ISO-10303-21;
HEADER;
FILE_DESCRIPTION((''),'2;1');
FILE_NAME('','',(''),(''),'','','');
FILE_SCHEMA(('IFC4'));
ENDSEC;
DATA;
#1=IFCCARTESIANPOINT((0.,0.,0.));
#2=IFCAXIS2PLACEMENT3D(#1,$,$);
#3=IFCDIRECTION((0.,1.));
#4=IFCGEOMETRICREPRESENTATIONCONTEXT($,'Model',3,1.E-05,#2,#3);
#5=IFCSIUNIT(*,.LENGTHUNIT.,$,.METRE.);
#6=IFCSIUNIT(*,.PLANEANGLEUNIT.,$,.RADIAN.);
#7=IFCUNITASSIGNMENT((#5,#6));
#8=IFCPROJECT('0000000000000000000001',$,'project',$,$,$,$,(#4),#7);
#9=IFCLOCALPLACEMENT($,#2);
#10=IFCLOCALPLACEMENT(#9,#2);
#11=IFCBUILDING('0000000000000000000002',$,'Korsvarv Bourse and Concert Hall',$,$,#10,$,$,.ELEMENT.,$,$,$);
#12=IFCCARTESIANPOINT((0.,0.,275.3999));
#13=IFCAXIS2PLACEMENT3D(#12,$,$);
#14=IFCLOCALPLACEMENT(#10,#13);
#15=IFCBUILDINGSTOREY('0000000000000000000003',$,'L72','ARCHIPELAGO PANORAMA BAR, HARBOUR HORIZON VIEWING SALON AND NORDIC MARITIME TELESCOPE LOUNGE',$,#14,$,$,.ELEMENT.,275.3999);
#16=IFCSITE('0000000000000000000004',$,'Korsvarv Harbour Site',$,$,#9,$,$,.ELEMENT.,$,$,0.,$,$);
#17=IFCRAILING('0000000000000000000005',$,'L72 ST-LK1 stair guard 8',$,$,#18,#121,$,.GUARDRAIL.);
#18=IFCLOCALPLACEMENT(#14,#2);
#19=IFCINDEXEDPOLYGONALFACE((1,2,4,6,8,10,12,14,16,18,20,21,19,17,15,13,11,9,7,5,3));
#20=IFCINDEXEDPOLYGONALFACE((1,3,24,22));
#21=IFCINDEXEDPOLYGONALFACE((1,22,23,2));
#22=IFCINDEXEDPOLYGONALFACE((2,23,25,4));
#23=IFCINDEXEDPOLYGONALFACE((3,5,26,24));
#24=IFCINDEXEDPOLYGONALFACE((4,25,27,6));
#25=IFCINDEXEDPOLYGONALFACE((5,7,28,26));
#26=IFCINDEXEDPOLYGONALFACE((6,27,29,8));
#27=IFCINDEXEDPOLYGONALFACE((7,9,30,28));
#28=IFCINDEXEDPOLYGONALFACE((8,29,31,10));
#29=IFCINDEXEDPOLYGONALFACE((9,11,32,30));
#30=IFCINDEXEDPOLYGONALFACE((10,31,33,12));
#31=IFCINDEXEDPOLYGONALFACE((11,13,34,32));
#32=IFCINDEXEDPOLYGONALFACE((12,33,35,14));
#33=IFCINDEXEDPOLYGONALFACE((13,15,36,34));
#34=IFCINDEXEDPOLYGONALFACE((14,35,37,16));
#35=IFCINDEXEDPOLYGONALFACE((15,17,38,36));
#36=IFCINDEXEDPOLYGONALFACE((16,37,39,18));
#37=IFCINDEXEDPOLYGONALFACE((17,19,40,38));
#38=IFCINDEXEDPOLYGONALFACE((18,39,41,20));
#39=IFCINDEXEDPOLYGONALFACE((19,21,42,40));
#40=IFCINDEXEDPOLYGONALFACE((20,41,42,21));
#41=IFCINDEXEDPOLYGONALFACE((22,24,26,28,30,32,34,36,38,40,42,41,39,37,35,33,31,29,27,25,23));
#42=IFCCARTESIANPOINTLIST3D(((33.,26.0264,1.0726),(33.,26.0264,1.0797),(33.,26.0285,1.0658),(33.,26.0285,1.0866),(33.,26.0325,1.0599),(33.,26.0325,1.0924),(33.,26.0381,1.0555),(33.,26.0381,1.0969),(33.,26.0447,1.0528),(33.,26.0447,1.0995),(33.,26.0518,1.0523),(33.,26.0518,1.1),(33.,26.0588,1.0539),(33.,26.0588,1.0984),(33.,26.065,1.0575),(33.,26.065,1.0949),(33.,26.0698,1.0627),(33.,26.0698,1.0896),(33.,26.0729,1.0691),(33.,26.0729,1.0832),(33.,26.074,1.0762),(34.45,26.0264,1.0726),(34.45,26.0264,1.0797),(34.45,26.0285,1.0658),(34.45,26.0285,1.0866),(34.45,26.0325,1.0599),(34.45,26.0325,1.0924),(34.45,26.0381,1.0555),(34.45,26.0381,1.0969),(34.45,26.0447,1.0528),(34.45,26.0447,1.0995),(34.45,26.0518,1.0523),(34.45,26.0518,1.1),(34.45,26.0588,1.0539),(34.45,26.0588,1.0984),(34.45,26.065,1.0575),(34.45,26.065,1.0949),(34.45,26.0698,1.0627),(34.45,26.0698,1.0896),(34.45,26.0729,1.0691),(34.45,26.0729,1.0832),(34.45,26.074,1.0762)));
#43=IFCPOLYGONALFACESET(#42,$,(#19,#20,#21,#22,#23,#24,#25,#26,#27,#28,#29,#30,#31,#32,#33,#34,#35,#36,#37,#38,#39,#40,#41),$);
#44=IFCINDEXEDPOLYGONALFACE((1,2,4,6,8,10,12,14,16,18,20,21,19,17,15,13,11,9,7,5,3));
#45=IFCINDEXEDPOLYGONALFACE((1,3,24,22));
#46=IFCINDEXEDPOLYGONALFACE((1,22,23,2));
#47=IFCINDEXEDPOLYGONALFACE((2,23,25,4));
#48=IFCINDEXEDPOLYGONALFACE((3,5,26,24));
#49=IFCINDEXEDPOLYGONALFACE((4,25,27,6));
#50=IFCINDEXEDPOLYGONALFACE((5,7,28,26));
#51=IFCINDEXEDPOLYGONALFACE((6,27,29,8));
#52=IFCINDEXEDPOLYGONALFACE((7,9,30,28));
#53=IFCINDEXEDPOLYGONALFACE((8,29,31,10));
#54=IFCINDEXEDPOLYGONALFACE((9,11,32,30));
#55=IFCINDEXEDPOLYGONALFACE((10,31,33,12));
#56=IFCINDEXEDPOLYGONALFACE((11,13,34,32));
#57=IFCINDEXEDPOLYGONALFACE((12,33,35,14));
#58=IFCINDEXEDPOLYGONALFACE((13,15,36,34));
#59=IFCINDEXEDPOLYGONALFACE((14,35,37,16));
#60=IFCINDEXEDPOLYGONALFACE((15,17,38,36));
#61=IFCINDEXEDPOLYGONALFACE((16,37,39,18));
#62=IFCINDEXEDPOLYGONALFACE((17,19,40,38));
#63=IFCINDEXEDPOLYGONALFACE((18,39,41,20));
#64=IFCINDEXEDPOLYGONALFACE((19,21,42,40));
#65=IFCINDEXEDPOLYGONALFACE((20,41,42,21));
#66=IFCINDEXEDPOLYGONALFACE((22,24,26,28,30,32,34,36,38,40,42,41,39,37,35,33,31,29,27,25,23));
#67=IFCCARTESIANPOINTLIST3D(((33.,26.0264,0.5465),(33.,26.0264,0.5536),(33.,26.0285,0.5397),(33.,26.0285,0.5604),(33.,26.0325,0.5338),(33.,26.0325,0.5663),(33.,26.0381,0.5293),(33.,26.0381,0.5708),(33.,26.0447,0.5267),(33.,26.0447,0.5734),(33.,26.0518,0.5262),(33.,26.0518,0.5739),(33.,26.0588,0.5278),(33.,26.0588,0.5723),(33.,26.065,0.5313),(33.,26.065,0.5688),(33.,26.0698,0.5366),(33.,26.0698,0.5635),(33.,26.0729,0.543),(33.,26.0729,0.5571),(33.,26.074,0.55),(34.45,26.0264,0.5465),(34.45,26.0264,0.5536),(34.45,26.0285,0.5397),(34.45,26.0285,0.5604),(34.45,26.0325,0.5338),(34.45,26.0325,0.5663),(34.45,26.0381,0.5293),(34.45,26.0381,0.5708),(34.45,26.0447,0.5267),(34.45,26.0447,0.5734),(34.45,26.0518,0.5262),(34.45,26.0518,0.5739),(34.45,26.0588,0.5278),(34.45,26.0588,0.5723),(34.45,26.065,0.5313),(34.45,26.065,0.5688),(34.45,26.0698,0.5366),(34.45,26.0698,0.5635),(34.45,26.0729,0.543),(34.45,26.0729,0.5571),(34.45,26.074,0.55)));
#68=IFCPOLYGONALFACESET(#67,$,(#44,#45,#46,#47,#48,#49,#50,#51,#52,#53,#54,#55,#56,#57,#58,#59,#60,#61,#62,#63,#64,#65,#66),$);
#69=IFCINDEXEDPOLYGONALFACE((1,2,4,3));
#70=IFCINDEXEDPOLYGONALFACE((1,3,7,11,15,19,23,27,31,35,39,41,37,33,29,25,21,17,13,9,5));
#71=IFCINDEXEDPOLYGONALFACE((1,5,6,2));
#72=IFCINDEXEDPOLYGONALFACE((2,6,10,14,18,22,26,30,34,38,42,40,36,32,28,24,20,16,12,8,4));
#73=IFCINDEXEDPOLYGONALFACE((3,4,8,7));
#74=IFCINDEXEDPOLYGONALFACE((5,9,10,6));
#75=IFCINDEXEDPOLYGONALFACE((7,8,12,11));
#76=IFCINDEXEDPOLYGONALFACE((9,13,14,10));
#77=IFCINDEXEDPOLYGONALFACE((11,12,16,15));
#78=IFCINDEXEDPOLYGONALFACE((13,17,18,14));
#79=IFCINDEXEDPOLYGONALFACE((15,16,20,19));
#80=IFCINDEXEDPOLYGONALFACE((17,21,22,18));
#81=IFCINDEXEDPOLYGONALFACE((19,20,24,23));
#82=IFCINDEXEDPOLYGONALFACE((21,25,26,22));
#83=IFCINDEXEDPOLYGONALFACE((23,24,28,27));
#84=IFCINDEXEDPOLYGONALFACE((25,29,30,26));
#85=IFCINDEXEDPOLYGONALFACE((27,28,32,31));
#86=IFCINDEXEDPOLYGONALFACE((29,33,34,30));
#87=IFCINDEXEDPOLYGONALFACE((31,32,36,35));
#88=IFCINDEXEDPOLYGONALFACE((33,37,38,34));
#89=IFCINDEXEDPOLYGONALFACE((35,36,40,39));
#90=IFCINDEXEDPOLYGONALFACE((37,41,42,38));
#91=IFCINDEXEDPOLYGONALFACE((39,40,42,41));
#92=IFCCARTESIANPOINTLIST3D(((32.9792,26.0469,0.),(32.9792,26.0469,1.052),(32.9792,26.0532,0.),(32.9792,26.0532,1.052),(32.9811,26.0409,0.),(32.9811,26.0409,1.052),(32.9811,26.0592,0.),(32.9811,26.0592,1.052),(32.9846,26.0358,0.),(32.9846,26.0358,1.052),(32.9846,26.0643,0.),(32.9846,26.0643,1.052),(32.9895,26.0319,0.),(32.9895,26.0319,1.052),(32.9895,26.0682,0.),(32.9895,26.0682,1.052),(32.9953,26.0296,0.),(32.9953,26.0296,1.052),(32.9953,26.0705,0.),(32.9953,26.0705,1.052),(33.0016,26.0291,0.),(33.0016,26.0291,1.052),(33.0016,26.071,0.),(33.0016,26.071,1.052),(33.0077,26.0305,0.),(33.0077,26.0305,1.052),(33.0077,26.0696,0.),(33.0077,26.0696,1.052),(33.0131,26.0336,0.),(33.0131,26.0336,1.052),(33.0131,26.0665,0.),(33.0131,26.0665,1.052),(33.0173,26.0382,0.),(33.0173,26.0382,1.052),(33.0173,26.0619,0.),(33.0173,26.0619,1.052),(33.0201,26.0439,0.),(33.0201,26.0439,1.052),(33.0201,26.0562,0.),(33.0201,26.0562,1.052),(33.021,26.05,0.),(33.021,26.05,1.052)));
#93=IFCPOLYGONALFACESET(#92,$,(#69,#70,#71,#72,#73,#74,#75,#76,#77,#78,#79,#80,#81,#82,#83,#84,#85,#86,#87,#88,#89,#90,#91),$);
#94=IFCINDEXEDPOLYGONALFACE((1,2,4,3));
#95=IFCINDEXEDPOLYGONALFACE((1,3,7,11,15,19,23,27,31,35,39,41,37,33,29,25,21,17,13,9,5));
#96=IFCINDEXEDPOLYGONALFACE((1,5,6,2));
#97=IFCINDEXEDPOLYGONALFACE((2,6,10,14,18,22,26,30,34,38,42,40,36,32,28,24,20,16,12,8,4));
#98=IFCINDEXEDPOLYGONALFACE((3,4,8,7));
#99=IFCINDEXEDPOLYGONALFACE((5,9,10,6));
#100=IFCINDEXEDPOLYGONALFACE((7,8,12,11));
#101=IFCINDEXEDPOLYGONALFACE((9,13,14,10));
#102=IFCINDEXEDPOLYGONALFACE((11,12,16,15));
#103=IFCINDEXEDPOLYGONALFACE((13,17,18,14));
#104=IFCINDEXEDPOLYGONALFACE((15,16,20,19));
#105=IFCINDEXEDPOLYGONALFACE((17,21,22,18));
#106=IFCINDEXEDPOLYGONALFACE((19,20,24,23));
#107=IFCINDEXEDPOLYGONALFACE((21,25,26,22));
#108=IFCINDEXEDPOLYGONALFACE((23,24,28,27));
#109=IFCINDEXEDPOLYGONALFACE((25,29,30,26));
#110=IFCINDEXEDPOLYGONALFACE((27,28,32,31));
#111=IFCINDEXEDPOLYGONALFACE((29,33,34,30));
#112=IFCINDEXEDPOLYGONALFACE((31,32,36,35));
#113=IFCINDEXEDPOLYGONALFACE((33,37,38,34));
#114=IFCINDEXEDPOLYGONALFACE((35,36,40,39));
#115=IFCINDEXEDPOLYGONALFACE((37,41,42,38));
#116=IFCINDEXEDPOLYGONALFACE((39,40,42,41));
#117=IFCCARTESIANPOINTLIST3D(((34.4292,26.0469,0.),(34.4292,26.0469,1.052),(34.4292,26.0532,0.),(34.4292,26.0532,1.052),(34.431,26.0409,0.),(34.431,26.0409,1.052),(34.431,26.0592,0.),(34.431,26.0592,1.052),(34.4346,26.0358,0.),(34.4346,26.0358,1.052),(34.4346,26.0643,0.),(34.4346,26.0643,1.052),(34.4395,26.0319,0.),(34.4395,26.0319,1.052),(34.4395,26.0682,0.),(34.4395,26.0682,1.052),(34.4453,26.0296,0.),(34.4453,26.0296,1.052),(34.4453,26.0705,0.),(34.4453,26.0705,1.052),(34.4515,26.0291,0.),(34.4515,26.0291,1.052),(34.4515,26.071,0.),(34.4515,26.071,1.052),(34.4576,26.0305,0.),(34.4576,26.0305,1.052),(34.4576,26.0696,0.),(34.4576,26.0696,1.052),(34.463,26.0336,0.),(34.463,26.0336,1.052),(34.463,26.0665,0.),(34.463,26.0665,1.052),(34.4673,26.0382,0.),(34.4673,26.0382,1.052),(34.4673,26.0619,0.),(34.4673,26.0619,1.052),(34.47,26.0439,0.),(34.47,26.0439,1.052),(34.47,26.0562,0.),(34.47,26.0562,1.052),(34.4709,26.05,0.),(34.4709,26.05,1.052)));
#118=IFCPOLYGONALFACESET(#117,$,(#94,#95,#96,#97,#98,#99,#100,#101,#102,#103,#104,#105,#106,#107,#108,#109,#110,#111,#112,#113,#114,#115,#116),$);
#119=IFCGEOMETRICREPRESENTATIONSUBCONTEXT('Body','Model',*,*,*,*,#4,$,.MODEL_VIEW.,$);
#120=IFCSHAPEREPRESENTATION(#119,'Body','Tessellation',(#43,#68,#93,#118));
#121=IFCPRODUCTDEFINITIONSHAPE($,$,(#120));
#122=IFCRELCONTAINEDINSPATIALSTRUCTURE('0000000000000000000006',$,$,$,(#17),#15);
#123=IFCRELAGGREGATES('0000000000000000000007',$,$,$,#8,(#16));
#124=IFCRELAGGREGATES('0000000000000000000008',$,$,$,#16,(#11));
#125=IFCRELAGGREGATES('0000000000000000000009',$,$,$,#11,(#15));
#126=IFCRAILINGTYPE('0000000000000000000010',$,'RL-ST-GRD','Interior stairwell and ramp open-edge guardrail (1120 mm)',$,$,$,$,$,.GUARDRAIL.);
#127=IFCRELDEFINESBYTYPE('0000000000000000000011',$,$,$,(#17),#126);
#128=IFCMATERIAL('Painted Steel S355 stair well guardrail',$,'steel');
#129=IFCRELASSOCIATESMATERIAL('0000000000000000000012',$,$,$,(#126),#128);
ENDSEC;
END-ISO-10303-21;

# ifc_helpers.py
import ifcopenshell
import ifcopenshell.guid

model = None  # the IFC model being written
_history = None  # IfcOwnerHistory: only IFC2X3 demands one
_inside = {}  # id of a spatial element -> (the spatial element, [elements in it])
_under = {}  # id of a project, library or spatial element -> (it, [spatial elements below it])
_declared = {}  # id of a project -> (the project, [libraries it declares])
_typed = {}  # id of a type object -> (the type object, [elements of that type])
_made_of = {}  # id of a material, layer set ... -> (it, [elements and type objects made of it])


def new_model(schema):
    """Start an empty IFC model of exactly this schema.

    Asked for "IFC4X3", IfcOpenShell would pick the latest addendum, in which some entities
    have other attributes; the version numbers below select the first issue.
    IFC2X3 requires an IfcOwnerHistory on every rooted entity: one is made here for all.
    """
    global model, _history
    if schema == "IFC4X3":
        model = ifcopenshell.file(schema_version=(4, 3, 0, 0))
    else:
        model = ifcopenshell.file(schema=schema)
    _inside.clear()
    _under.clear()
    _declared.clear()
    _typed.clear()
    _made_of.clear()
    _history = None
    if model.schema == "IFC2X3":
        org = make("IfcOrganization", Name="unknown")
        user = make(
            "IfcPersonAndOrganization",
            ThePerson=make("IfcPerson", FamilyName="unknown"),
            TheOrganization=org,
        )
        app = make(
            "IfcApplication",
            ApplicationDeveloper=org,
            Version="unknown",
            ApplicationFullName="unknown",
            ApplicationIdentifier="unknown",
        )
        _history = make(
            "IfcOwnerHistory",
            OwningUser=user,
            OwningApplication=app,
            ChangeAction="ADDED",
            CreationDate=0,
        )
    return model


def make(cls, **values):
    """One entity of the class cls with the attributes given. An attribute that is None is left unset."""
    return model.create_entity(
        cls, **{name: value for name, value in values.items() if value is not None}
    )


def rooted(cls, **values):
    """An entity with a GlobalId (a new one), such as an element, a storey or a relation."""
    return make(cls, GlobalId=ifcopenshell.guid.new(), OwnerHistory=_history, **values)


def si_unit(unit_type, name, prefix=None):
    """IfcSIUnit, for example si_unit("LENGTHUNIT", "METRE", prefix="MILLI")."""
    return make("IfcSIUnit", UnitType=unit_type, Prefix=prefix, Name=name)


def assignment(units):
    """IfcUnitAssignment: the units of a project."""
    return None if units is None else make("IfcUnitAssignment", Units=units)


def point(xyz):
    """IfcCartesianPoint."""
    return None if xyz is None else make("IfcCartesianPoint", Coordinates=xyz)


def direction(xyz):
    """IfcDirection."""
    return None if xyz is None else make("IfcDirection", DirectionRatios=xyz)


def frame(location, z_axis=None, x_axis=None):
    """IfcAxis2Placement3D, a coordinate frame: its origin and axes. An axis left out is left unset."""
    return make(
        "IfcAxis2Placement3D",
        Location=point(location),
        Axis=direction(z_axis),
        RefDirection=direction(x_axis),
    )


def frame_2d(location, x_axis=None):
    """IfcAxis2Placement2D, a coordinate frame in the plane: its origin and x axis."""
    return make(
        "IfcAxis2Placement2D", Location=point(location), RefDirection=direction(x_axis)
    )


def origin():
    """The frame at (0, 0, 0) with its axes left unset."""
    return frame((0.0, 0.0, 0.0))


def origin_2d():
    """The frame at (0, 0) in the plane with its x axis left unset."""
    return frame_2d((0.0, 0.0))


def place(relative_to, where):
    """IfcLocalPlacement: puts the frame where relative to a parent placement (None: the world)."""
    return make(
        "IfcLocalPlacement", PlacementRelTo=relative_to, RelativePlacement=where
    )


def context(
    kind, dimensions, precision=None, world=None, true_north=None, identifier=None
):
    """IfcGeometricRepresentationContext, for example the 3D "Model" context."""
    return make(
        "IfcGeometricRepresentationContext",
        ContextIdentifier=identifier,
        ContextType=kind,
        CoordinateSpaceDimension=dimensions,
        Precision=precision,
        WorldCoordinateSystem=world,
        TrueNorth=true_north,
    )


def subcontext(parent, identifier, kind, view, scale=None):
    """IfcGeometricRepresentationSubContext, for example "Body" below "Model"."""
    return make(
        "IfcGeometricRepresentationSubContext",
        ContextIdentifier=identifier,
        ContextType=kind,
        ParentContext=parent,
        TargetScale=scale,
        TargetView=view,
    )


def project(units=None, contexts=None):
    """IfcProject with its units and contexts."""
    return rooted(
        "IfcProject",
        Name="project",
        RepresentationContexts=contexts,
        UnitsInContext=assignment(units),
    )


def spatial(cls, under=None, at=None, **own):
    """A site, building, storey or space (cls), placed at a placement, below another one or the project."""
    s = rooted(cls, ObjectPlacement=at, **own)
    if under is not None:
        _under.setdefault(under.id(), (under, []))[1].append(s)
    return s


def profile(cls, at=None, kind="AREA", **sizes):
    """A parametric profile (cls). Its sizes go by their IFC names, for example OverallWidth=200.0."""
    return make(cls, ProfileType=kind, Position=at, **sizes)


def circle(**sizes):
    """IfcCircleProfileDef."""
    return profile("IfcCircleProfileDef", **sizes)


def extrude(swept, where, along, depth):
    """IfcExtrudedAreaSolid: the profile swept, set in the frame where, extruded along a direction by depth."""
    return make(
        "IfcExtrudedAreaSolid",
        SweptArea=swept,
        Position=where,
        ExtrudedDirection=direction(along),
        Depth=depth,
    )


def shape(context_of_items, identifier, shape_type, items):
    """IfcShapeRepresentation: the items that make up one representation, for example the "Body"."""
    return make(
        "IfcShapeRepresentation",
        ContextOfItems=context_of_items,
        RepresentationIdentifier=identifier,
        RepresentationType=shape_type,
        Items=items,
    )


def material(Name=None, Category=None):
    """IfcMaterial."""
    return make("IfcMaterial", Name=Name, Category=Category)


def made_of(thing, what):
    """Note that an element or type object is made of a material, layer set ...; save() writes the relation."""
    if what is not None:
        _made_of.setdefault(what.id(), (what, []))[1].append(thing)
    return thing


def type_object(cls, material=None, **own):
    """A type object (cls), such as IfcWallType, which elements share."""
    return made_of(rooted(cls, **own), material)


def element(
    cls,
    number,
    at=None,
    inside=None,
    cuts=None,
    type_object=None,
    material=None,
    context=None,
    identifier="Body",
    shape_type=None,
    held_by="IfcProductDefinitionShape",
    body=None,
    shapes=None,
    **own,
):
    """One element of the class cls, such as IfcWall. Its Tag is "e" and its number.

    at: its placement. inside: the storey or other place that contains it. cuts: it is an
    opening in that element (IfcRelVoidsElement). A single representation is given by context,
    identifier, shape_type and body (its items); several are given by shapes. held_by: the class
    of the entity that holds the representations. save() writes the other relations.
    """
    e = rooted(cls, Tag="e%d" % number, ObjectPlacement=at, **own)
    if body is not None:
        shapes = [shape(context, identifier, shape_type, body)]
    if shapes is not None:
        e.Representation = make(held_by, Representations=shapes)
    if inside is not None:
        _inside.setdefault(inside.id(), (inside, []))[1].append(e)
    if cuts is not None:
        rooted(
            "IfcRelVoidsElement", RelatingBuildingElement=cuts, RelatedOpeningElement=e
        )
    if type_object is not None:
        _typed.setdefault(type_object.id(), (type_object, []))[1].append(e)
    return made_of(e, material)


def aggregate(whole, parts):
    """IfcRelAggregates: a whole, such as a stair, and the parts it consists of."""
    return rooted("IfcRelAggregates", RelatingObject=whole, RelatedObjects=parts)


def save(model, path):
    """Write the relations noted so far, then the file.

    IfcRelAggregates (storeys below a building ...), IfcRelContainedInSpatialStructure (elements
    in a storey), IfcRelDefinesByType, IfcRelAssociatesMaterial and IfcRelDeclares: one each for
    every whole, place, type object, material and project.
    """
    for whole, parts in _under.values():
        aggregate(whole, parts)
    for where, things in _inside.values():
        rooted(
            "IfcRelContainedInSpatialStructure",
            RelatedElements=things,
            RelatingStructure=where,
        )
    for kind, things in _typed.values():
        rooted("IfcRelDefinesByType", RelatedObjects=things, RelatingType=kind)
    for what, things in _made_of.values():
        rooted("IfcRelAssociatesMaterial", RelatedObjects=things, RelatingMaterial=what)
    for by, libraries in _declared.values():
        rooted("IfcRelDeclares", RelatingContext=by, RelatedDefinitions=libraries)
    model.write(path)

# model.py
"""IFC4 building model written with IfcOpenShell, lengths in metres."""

from ifc_helpers import new_model, si_unit, direction, frame, origin, origin_2d, place, context, subcontext, project, spatial, circle, extrude, material, type_object, element, save


model = new_model("IFC4")

# Units and contexts
model_context = context("Model", 3, precision=1e-05, world=origin(), true_north=direction((0.0, 1.0)))
body_context = subcontext(model_context, "Body", "Model", "MODEL_VIEW")
ifc_project = project(units=[si_unit("LENGTHUNIT", "METRE"), si_unit("PLANEANGLEUNIT", "RADIAN")], contexts=[model_context])

# Site, building, storey
site_placement = place(None, origin())
site = spatial("IfcSite", under=ifc_project, at=site_placement, Name="Korsvarv Harbour Site", CompositionType="ELEMENT", RefElevation=0.0)
building_placement = place(site_placement, origin())
building = spatial("IfcBuilding", under=site, at=building_placement, Name="Korsvarv Bourse and Concert Hall", CompositionType="ELEMENT")
storey_placement = place(building_placement, frame((0.0, 0.0, 275.3999)))
storey = spatial("IfcBuildingStorey", under=building, at=storey_placement, Name="L72", Description="ARCHIPELAGO PANORAMA BAR, HARBOUR HORIZON VIEWING SALON AND NORDIC MARITIME TELESCOPE LOUNGE", CompositionType="ELEMENT", Elevation=275.3999)

# Railing
ifc_material_1 = material(Name="Painted Steel S355 stair well guardrail", Category="steel")
railing_type_1 = type_object("IfcRailingType", Name="RL-ST-GRD", Description="Interior stairwell and ramp open-edge guardrail (1120 mm)", PredefinedType="GUARDRAIL", material=ifc_material_1)
for number, where, name in (
    (1, (33.0, 26.05, 0.0), "L72 ST-LK1 stair guard 8"),
):
    element("IfcRailing", number, at=place(storey_placement, frame(where)), inside=storey, type_object=railing_type_1, Name=name, PredefinedType="GUARDRAIL", context=body_context, shape_type="SweptSolid", body=[
        extrude(circle(Radius=0.0239, at=origin_2d()), frame((0.0, 0.0, 1.0762), z_axis=(1.0, 0.0, 0.0), x_axis=(0.0, 1.0, 0.0)), (0.0, 0.0, 1.0), 1.45),
        extrude(circle(Radius=0.0239, at=origin_2d()), frame((0.0, 0.0, 0.55), z_axis=(1.0, 0.0, 0.0), x_axis=(0.0, 1.0, 0.0)), (0.0, 0.0, 1.0), 1.45),
        extrude(circle(Radius=0.021, at=origin_2d()), origin(), (0.0, 0.0, 1.0), 1.052),
        extrude(circle(Radius=0.021, at=origin_2d()), frame((1.45, 0.0, 0.0)), (0.0, 0.0, 1.0), 1.052),
    ])

save(model, "model.ifc")
